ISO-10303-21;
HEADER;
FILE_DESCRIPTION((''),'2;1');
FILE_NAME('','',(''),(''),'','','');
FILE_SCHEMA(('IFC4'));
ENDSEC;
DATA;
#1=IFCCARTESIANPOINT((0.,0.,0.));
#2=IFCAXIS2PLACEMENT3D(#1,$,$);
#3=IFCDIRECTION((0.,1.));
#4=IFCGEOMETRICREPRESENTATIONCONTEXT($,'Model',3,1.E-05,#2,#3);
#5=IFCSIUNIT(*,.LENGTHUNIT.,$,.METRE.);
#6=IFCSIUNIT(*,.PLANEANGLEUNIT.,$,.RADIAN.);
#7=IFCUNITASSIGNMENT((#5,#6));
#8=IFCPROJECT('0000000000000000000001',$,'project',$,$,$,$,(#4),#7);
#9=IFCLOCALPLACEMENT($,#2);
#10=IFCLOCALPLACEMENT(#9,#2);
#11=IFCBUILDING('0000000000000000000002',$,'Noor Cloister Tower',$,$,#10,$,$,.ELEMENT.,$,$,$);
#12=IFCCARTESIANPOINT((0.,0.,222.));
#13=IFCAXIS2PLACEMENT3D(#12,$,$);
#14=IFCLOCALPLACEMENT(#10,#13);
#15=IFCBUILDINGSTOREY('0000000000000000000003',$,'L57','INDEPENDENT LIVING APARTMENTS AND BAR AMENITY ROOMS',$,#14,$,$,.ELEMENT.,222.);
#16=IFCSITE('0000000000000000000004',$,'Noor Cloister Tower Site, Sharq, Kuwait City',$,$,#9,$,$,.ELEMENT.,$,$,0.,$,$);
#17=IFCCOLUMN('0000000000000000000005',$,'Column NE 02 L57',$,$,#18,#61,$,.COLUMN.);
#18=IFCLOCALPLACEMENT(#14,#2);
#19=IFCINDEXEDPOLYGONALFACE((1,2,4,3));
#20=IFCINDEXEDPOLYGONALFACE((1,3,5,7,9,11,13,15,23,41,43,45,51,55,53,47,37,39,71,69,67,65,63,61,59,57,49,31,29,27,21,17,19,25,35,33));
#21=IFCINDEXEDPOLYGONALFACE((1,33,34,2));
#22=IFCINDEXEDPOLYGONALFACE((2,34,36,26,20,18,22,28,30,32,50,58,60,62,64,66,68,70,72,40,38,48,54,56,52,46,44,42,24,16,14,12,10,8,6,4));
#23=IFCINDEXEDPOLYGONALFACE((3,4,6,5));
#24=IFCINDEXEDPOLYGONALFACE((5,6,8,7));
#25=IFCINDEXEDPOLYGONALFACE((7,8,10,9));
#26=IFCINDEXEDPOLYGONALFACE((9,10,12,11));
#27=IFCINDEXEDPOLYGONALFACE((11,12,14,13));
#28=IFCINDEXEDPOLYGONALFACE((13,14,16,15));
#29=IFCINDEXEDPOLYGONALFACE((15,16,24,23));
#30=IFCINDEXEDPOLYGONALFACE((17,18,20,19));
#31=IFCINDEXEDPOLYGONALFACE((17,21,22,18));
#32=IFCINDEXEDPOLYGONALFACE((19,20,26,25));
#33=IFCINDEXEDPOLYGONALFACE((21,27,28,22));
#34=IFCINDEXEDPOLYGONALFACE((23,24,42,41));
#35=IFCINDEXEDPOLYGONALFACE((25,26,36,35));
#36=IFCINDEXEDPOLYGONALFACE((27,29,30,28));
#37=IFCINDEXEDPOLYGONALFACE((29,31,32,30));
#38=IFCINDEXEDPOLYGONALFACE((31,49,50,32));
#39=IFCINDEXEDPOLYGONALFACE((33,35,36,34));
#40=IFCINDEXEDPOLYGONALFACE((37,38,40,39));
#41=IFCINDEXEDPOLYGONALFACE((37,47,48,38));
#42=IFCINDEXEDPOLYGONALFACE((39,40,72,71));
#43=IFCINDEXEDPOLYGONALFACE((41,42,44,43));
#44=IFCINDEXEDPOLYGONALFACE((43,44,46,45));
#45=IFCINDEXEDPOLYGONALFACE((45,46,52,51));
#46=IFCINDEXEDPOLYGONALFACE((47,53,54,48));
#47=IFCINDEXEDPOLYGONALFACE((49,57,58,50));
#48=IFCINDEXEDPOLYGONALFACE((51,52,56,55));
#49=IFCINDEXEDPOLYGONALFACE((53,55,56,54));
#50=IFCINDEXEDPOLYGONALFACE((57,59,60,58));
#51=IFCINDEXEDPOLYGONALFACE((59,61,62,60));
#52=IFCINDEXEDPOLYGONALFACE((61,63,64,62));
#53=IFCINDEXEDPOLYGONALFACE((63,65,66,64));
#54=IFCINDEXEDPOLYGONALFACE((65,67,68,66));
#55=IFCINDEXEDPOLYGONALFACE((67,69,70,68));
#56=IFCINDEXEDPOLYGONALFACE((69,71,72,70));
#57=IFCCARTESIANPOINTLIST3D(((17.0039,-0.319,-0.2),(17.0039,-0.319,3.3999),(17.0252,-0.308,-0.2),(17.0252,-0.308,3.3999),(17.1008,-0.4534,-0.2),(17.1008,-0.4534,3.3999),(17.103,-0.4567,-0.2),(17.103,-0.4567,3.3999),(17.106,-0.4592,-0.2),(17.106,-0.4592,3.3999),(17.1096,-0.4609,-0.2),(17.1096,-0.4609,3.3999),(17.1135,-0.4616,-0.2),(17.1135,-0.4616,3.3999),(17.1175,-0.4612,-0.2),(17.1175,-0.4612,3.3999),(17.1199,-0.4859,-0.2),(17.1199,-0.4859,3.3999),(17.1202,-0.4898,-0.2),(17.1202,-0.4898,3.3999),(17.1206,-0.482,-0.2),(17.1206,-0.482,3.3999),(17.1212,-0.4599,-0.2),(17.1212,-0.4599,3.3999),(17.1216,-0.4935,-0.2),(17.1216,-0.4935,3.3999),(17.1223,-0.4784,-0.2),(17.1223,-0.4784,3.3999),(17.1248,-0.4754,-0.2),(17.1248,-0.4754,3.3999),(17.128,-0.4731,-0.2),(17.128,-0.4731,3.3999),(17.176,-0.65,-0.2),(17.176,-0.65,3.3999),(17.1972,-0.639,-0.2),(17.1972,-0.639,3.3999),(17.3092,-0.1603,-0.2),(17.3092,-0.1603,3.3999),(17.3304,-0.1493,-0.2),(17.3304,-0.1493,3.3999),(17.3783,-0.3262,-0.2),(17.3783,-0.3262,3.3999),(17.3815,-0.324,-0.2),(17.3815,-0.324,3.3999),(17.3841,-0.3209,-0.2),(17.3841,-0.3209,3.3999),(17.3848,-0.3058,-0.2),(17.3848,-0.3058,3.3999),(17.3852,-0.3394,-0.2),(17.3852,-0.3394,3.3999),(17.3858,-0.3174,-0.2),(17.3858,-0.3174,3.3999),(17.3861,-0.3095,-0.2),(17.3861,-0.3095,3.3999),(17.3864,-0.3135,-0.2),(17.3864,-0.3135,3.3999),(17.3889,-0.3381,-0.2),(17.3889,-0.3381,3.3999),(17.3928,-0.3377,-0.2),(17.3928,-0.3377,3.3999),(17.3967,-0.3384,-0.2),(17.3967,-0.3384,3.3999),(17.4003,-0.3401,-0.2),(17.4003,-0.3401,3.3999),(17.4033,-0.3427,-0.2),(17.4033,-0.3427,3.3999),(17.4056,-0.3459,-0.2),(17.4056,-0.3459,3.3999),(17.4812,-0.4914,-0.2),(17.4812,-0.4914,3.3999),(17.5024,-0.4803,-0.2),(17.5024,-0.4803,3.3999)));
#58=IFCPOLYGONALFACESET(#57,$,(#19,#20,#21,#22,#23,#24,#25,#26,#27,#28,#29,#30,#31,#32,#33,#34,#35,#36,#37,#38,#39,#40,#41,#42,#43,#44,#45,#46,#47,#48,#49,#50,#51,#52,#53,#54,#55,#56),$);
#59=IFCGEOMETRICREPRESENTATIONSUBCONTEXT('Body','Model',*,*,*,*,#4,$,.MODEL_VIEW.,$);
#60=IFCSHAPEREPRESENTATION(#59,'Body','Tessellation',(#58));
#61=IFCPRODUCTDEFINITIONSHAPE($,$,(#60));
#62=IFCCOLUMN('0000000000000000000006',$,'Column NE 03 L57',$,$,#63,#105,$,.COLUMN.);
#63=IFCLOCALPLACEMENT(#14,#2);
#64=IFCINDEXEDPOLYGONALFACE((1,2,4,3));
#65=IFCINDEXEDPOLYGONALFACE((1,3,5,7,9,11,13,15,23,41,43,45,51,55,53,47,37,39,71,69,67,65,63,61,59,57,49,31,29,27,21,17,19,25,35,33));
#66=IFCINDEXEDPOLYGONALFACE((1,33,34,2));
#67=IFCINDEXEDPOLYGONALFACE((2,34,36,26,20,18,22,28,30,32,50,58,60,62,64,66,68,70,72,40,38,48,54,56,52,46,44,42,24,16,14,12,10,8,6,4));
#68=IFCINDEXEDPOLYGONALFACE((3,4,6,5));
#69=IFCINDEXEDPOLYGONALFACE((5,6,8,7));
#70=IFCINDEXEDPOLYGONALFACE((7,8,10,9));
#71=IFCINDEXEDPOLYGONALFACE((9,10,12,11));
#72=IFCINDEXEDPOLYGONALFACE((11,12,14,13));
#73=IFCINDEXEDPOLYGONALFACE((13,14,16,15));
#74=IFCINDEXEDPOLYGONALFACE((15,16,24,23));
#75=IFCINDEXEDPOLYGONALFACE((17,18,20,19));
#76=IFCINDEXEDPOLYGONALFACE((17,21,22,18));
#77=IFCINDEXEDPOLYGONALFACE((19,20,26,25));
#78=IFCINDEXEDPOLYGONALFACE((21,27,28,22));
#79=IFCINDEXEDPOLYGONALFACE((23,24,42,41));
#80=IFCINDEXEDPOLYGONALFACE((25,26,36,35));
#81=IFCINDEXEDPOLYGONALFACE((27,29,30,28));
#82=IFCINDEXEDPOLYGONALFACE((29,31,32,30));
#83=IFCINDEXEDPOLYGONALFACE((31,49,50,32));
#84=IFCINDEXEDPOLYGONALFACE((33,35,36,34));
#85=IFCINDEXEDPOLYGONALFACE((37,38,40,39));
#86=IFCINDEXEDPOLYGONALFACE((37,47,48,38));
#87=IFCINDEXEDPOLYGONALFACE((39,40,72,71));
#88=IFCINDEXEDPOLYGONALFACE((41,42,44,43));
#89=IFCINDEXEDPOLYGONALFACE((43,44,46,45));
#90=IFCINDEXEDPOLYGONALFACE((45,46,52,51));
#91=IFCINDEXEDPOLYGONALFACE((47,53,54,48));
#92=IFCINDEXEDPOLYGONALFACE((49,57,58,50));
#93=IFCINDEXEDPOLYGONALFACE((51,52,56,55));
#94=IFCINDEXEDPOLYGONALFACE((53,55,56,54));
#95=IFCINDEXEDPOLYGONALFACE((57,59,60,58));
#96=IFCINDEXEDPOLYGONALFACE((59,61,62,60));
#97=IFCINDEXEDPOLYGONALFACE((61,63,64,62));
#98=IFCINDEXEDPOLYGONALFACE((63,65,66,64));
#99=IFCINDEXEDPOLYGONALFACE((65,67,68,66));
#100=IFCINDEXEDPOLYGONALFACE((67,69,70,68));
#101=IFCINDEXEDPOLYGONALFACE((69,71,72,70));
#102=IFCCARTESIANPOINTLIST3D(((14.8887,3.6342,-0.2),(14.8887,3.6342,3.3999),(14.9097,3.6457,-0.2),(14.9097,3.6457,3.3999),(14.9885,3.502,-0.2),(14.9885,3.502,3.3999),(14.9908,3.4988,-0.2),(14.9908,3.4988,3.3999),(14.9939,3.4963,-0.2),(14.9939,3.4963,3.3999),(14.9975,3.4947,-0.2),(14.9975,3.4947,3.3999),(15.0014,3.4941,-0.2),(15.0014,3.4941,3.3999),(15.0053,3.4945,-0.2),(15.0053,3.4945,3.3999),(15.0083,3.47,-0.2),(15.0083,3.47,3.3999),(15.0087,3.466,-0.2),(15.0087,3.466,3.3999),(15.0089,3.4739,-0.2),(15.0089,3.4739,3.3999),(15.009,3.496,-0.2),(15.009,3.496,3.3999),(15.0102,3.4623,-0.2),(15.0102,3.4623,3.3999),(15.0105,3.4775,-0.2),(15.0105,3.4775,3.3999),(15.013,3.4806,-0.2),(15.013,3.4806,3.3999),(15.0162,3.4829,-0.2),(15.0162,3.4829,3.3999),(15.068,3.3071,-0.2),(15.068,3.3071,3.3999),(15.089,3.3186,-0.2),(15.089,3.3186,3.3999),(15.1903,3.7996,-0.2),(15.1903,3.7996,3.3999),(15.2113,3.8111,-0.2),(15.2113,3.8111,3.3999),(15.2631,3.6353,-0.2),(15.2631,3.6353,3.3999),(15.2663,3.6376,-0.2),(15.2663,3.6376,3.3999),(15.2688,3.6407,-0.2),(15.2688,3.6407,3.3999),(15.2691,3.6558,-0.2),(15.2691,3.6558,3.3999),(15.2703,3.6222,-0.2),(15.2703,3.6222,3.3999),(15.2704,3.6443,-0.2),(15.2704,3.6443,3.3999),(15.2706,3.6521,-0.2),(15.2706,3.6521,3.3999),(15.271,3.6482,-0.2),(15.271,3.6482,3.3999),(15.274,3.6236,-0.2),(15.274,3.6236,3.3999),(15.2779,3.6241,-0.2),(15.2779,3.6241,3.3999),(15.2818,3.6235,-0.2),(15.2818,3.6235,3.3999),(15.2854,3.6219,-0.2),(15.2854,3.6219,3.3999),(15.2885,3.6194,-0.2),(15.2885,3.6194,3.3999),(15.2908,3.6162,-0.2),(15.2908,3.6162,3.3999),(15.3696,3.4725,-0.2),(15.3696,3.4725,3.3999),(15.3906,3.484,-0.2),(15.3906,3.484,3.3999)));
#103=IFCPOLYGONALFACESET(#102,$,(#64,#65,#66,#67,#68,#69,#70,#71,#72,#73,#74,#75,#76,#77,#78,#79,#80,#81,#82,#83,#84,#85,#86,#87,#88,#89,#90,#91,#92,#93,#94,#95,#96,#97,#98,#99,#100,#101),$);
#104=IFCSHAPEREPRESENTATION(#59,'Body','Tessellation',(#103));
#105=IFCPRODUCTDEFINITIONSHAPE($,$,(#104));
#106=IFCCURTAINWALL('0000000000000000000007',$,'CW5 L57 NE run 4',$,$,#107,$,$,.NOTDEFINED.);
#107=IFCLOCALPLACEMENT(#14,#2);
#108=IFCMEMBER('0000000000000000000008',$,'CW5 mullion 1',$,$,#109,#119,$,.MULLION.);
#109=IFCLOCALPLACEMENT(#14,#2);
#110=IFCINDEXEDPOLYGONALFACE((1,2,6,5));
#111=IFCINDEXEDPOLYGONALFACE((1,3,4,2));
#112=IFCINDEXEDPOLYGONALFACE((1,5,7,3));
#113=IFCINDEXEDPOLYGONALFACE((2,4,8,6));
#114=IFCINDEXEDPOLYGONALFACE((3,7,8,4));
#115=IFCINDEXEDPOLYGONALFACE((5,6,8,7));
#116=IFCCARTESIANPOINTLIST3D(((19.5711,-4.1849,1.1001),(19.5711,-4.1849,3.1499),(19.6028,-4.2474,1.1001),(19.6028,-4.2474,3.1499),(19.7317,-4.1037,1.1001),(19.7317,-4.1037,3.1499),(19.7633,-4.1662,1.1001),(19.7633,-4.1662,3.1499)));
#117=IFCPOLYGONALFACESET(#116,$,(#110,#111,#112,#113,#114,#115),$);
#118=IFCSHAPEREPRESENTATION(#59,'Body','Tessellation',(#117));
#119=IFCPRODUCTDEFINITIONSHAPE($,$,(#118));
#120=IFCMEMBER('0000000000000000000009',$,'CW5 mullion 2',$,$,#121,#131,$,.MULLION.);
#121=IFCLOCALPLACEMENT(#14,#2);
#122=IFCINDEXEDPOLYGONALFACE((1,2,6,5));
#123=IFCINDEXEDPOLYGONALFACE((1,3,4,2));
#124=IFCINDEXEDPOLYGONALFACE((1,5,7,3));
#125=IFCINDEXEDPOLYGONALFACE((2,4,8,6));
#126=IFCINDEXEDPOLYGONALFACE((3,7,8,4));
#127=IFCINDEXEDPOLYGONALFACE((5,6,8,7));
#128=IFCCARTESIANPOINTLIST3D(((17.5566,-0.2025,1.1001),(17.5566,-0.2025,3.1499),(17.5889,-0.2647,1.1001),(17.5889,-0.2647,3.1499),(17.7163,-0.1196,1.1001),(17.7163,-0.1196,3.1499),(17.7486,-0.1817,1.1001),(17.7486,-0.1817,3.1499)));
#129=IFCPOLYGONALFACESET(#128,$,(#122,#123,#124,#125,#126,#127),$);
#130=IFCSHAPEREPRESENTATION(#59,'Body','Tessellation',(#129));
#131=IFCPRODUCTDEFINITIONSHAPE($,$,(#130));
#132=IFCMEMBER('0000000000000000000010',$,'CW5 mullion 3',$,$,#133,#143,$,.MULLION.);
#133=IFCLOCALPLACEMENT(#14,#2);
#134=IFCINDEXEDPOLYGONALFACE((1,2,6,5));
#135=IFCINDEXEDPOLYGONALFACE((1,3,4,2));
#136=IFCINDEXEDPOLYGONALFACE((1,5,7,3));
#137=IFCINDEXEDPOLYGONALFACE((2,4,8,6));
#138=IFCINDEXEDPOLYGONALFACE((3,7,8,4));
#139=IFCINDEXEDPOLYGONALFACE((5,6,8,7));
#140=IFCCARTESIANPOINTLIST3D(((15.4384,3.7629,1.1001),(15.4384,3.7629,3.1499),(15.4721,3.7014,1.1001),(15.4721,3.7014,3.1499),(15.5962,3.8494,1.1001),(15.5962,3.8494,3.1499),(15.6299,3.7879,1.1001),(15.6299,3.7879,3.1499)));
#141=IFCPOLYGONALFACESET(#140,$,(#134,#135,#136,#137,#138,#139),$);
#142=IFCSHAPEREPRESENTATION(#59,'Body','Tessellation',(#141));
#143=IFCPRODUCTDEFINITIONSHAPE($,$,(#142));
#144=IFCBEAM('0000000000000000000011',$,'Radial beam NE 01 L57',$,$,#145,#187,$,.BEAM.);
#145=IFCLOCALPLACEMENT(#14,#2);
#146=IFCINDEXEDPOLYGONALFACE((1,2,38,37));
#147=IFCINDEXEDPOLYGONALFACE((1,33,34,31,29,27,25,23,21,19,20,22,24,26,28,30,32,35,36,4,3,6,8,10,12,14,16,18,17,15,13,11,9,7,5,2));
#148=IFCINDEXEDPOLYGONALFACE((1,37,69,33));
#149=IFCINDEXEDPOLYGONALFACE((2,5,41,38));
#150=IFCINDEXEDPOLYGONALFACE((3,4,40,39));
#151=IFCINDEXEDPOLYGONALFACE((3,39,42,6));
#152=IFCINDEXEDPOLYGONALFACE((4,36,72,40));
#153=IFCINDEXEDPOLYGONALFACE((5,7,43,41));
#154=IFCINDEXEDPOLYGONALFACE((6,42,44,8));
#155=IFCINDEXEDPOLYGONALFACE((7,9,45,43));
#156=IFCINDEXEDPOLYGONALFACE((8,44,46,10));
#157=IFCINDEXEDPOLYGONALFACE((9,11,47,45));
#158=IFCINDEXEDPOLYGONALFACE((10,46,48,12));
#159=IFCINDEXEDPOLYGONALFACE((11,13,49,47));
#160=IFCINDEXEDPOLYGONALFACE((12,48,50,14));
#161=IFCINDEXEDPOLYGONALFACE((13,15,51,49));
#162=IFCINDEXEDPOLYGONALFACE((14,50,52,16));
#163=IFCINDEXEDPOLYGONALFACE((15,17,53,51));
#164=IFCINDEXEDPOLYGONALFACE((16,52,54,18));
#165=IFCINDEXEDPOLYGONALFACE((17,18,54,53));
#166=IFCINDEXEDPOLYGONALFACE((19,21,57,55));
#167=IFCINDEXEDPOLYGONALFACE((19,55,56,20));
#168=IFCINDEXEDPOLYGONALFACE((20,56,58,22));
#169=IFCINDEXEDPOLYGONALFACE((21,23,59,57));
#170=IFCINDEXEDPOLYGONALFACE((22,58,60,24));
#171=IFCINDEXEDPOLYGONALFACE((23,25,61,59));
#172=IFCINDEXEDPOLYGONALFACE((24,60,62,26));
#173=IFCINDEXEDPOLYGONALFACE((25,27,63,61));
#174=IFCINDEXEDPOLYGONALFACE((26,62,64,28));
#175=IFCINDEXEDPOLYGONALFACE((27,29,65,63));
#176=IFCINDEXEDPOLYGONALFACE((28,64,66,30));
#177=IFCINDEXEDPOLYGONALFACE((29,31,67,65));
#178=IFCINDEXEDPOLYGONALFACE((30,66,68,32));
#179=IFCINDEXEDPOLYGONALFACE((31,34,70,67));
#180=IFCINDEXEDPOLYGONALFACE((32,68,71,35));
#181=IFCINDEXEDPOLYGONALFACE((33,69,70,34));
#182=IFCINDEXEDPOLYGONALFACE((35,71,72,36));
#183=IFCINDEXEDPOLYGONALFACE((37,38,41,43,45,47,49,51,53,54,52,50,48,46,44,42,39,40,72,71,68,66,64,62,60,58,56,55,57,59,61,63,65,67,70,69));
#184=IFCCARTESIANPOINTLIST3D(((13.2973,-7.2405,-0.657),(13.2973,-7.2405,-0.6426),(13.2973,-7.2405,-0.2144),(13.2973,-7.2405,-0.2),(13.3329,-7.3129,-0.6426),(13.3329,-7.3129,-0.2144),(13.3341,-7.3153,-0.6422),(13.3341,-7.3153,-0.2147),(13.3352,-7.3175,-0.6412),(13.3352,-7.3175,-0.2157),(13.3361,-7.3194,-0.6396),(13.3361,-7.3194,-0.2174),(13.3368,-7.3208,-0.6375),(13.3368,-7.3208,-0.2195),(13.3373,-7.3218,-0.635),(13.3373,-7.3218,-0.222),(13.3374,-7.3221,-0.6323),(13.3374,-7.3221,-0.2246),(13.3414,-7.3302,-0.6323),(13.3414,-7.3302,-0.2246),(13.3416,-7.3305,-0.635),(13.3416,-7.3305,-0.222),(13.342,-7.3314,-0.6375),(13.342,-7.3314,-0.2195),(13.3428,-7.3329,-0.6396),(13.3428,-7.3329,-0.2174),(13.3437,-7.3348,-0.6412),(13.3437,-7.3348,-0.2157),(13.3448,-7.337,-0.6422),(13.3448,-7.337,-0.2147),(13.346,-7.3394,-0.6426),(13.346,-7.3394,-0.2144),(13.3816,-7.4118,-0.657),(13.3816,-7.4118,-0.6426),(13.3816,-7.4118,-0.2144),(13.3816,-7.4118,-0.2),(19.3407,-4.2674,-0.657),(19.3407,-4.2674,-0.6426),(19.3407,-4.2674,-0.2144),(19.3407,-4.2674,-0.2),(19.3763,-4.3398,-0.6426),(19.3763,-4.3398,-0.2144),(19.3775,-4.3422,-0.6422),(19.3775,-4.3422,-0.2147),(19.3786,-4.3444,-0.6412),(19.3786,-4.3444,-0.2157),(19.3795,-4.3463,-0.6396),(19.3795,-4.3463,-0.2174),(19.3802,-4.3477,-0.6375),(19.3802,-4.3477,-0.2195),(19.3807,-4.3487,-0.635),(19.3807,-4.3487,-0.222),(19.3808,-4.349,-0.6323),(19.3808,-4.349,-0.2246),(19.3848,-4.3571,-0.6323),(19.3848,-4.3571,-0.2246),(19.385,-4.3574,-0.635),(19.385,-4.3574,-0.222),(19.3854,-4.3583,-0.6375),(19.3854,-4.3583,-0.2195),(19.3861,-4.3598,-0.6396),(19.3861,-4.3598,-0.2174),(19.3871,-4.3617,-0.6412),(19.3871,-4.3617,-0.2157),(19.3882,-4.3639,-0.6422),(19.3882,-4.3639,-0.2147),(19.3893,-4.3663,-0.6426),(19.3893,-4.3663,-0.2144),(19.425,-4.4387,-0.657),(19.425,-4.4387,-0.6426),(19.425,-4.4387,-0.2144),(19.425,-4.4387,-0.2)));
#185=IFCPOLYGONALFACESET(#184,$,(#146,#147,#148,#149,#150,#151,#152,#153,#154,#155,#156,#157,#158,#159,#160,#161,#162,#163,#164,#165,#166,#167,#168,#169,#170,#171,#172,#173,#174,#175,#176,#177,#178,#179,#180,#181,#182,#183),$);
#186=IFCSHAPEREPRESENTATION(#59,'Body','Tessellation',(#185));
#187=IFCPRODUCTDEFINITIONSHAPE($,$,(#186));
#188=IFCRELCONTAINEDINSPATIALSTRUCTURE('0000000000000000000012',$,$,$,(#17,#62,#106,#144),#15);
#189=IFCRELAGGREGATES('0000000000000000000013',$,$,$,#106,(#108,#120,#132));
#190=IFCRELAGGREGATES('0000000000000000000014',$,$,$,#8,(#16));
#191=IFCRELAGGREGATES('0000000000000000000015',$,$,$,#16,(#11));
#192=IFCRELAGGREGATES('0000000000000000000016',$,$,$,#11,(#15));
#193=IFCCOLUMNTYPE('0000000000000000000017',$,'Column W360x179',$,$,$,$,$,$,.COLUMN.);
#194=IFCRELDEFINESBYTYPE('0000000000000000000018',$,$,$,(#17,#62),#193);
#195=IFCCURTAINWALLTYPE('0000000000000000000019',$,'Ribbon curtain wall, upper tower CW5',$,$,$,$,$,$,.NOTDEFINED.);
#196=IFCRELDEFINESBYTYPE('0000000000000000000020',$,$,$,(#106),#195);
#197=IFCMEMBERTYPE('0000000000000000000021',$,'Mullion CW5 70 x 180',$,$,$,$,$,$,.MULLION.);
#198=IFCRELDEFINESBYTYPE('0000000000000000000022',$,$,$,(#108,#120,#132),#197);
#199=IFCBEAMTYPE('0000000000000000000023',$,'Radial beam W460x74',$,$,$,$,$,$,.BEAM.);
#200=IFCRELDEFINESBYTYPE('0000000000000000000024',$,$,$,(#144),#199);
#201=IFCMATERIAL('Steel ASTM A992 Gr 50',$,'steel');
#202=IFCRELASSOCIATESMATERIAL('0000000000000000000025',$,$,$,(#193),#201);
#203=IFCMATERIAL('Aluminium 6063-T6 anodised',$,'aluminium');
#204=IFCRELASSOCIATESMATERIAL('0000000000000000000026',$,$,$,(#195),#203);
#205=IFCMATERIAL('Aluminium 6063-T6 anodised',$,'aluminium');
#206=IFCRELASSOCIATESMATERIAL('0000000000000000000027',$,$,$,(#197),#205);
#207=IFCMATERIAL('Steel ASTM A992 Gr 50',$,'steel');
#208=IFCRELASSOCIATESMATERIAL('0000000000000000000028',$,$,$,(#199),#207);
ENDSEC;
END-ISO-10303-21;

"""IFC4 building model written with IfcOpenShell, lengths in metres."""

from ifc_helpers import new_model, si_unit, direction, frame, origin, origin_2d, place, context, subcontext, project, spatial, rectangle, i_section, extrude, material, material_profile, profile_set, type_object, element, aggregate, save


model = new_model("IFC4")

# Units and contexts
model_context = context("Model", 3, precision=1e-05, world=origin(), true_north=direction((0.0, 1.0)))
body_context = subcontext(model_context, "Body", "Model", "MODEL_VIEW")
ifc_project = project(units=[si_unit("LENGTHUNIT", "METRE"), si_unit("PLANEANGLEUNIT", "RADIAN")], contexts=[model_context])

# Site, building, storey
site_placement = place(None, origin())
site = spatial("IfcSite", under=ifc_project, at=site_placement, Name="Noor Cloister Tower Site, Sharq, Kuwait City", CompositionType="ELEMENT", RefElevation=0.0)
building_placement = place(site_placement, origin())
building = spatial("IfcBuilding", under=site, at=building_placement, Name="Noor Cloister Tower", CompositionType="ELEMENT")
storey_placement = place(building_placement, frame((0.0, 0.0, 222.0)))
storey = spatial("IfcBuildingStorey", under=building, at=storey_placement, Name="L57", Description="INDEPENDENT LIVING APARTMENTS AND BAR AMENITY ROOMS", CompositionType="ELEMENT", Elevation=222.0)

# Columns
ifc_material_1 = material(Name="Steel ASTM A992 Gr 50", Category="steel")
ifc_material_profile_1 = material_profile(ifc_material_1, i_section(OverallWidth=0.373, OverallDepth=0.3679, WebThickness=0.0149, FlangeThickness=0.0239, FilletRadius=0.0151, at=origin_2d()), Name="W360x179")
ifc_profile_set_1 = profile_set([ifc_material_profile_1], Name="Steel ASTM A992 Gr 50")
column_type = type_object("IfcColumnType", Name="Column W360x179", PredefinedType="COLUMN", material=ifc_profile_set_1)
for number, where, z_axis, x_axis, name in (
    (1, (17.2532, -0.3997, -0.2), (0.0, 0.0, 1.0), (-0.461186, 0.887303, 0.0), "Column NE 02 L57"),
    (2, (15.1396, 3.5591, -0.2), (0.0, 0.0, 1.0), (-0.480711, 0.876879, 0.0), "Column NE 03 L57"),
):
    element("IfcColumn", number, at=place(storey_placement, frame(where, z_axis=z_axis, x_axis=x_axis)), inside=storey, type_object=column_type, Name=name, PredefinedType="COLUMN", context=body_context, shape_type="SweptSolid", body=[
        extrude(i_section(OverallWidth=0.373, OverallDepth=0.3679, WebThickness=0.0149, FlangeThickness=0.0239, FilletRadius=0.0151, at=origin_2d()), origin(), (0.0, 0.0, 1.0), 3.5999),
    ])

# Curtain wall, members
ifc_material_2 = material(Name="Aluminium 6063-T6 anodised", Category="aluminium")
curtain_wall_type = type_object("IfcCurtainWallType", Name="Ribbon curtain wall, upper tower CW5", PredefinedType="NOTDEFINED", material=ifc_material_2)
curtain_wall_placement = place(storey_placement, origin())
curtain_wall = element("IfcCurtainWall", 3, at=curtain_wall_placement, inside=storey, type_object=curtain_wall_type, Name="CW5 L57 NE run 4", PredefinedType="NOTDEFINED")
ifc_material_3 = material(Name="Aluminium 6063-T6 anodised", Category="aluminium")
ifc_material_profile_2 = material_profile(ifc_material_3, rectangle(XDim=0.1799, YDim=0.0701, at=origin_2d()), Name="180 x 70 mullion")
ifc_profile_set_2 = profile_set([ifc_material_profile_2], Name="Aluminium 6063-T6 anodised")
member_type = type_object("IfcMemberType", Name="Mullion CW5 70 x 180", PredefinedType="MULLION", material=ifc_profile_set_2)
member_1_placement = place(storey_placement, frame((19.6672, -4.1755, 1.1001), z_axis=(0.0, 0.0, 1.0), x_axis=(-0.892353, -0.451339, 0.0)))
member_1 = element("IfcMember", 4, at=member_1_placement, type_object=member_type, Name="CW5 mullion 1", PredefinedType="MULLION", context=body_context, shape_type="SweptSolid", body=[
    extrude(rectangle(XDim=0.1799, YDim=0.0701, at=origin_2d()), origin(), (0.0, 0.0, 1.0), 2.0498),
])
member_2_placement = place(storey_placement, frame((17.6526, -0.1921, 1.1001), z_axis=(0.0, 0.0, 1.0), x_axis=(-0.887303, -0.461186, 0.0)))
member_2 = element("IfcMember", 5, at=member_2_placement, type_object=member_type, Name="CW5 mullion 2", PredefinedType="MULLION", context=body_context, shape_type="SweptSolid", body=[
    extrude(rectangle(XDim=0.1799, YDim=0.0701, at=origin_2d()), origin(), (0.0, 0.0, 1.0), 2.0498),
])
member_3_placement = place(storey_placement, frame((15.5342, 3.7754, 1.1001), z_axis=(0.0, 0.0, 1.0), x_axis=(-0.876879, -0.480711, 0.0)))
member_3 = element("IfcMember", 6, at=member_3_placement, type_object=member_type, Name="CW5 mullion 3", PredefinedType="MULLION", context=body_context, shape_type="SweptSolid", body=[
    extrude(rectangle(XDim=0.1799, YDim=0.0701, at=origin_2d()), origin(), (0.0, 0.0, 1.0), 2.0498),
])

# Beam
ifc_material_4 = material(Name="Steel ASTM A992 Gr 50", Category="steel")
ifc_material_profile_3 = material_profile(ifc_material_4, i_section(OverallWidth=0.1909, OverallDepth=0.457, WebThickness=0.009, FlangeThickness=0.0144, FilletRadius=0.0103, at=origin_2d()), Name="W460x74")
ifc_profile_set_3 = profile_set([ifc_material_profile_3], Name="Steel ASTM A992 Gr 50")
beam_type_1 = type_object("IfcBeamType", Name="Radial beam W460x74", PredefinedType="BEAM", material=ifc_profile_set_3)
beam_1_placement = place(storey_placement, frame((19.3828, -4.353, -0.4285), z_axis=(-0.897294, -0.441434, 0.0), x_axis=(0.441434, -0.897294, 0.0)))
element("IfcBeam", 7, at=beam_1_placement, inside=storey, type_object=beam_type_1, Name="Radial beam NE 01 L57", PredefinedType="BEAM", context=body_context, shape_type="SweptSolid", body=[
    extrude(i_section(OverallWidth=0.1909, OverallDepth=0.457, WebThickness=0.009, FlangeThickness=0.0144, FilletRadius=0.0103, at=origin_2d()), origin(), (0.0, 0.0, 1.0), 6.7351),
])

aggregate(curtain_wall, [member_1, member_2, member_3])

save(model, "model.ifc")
